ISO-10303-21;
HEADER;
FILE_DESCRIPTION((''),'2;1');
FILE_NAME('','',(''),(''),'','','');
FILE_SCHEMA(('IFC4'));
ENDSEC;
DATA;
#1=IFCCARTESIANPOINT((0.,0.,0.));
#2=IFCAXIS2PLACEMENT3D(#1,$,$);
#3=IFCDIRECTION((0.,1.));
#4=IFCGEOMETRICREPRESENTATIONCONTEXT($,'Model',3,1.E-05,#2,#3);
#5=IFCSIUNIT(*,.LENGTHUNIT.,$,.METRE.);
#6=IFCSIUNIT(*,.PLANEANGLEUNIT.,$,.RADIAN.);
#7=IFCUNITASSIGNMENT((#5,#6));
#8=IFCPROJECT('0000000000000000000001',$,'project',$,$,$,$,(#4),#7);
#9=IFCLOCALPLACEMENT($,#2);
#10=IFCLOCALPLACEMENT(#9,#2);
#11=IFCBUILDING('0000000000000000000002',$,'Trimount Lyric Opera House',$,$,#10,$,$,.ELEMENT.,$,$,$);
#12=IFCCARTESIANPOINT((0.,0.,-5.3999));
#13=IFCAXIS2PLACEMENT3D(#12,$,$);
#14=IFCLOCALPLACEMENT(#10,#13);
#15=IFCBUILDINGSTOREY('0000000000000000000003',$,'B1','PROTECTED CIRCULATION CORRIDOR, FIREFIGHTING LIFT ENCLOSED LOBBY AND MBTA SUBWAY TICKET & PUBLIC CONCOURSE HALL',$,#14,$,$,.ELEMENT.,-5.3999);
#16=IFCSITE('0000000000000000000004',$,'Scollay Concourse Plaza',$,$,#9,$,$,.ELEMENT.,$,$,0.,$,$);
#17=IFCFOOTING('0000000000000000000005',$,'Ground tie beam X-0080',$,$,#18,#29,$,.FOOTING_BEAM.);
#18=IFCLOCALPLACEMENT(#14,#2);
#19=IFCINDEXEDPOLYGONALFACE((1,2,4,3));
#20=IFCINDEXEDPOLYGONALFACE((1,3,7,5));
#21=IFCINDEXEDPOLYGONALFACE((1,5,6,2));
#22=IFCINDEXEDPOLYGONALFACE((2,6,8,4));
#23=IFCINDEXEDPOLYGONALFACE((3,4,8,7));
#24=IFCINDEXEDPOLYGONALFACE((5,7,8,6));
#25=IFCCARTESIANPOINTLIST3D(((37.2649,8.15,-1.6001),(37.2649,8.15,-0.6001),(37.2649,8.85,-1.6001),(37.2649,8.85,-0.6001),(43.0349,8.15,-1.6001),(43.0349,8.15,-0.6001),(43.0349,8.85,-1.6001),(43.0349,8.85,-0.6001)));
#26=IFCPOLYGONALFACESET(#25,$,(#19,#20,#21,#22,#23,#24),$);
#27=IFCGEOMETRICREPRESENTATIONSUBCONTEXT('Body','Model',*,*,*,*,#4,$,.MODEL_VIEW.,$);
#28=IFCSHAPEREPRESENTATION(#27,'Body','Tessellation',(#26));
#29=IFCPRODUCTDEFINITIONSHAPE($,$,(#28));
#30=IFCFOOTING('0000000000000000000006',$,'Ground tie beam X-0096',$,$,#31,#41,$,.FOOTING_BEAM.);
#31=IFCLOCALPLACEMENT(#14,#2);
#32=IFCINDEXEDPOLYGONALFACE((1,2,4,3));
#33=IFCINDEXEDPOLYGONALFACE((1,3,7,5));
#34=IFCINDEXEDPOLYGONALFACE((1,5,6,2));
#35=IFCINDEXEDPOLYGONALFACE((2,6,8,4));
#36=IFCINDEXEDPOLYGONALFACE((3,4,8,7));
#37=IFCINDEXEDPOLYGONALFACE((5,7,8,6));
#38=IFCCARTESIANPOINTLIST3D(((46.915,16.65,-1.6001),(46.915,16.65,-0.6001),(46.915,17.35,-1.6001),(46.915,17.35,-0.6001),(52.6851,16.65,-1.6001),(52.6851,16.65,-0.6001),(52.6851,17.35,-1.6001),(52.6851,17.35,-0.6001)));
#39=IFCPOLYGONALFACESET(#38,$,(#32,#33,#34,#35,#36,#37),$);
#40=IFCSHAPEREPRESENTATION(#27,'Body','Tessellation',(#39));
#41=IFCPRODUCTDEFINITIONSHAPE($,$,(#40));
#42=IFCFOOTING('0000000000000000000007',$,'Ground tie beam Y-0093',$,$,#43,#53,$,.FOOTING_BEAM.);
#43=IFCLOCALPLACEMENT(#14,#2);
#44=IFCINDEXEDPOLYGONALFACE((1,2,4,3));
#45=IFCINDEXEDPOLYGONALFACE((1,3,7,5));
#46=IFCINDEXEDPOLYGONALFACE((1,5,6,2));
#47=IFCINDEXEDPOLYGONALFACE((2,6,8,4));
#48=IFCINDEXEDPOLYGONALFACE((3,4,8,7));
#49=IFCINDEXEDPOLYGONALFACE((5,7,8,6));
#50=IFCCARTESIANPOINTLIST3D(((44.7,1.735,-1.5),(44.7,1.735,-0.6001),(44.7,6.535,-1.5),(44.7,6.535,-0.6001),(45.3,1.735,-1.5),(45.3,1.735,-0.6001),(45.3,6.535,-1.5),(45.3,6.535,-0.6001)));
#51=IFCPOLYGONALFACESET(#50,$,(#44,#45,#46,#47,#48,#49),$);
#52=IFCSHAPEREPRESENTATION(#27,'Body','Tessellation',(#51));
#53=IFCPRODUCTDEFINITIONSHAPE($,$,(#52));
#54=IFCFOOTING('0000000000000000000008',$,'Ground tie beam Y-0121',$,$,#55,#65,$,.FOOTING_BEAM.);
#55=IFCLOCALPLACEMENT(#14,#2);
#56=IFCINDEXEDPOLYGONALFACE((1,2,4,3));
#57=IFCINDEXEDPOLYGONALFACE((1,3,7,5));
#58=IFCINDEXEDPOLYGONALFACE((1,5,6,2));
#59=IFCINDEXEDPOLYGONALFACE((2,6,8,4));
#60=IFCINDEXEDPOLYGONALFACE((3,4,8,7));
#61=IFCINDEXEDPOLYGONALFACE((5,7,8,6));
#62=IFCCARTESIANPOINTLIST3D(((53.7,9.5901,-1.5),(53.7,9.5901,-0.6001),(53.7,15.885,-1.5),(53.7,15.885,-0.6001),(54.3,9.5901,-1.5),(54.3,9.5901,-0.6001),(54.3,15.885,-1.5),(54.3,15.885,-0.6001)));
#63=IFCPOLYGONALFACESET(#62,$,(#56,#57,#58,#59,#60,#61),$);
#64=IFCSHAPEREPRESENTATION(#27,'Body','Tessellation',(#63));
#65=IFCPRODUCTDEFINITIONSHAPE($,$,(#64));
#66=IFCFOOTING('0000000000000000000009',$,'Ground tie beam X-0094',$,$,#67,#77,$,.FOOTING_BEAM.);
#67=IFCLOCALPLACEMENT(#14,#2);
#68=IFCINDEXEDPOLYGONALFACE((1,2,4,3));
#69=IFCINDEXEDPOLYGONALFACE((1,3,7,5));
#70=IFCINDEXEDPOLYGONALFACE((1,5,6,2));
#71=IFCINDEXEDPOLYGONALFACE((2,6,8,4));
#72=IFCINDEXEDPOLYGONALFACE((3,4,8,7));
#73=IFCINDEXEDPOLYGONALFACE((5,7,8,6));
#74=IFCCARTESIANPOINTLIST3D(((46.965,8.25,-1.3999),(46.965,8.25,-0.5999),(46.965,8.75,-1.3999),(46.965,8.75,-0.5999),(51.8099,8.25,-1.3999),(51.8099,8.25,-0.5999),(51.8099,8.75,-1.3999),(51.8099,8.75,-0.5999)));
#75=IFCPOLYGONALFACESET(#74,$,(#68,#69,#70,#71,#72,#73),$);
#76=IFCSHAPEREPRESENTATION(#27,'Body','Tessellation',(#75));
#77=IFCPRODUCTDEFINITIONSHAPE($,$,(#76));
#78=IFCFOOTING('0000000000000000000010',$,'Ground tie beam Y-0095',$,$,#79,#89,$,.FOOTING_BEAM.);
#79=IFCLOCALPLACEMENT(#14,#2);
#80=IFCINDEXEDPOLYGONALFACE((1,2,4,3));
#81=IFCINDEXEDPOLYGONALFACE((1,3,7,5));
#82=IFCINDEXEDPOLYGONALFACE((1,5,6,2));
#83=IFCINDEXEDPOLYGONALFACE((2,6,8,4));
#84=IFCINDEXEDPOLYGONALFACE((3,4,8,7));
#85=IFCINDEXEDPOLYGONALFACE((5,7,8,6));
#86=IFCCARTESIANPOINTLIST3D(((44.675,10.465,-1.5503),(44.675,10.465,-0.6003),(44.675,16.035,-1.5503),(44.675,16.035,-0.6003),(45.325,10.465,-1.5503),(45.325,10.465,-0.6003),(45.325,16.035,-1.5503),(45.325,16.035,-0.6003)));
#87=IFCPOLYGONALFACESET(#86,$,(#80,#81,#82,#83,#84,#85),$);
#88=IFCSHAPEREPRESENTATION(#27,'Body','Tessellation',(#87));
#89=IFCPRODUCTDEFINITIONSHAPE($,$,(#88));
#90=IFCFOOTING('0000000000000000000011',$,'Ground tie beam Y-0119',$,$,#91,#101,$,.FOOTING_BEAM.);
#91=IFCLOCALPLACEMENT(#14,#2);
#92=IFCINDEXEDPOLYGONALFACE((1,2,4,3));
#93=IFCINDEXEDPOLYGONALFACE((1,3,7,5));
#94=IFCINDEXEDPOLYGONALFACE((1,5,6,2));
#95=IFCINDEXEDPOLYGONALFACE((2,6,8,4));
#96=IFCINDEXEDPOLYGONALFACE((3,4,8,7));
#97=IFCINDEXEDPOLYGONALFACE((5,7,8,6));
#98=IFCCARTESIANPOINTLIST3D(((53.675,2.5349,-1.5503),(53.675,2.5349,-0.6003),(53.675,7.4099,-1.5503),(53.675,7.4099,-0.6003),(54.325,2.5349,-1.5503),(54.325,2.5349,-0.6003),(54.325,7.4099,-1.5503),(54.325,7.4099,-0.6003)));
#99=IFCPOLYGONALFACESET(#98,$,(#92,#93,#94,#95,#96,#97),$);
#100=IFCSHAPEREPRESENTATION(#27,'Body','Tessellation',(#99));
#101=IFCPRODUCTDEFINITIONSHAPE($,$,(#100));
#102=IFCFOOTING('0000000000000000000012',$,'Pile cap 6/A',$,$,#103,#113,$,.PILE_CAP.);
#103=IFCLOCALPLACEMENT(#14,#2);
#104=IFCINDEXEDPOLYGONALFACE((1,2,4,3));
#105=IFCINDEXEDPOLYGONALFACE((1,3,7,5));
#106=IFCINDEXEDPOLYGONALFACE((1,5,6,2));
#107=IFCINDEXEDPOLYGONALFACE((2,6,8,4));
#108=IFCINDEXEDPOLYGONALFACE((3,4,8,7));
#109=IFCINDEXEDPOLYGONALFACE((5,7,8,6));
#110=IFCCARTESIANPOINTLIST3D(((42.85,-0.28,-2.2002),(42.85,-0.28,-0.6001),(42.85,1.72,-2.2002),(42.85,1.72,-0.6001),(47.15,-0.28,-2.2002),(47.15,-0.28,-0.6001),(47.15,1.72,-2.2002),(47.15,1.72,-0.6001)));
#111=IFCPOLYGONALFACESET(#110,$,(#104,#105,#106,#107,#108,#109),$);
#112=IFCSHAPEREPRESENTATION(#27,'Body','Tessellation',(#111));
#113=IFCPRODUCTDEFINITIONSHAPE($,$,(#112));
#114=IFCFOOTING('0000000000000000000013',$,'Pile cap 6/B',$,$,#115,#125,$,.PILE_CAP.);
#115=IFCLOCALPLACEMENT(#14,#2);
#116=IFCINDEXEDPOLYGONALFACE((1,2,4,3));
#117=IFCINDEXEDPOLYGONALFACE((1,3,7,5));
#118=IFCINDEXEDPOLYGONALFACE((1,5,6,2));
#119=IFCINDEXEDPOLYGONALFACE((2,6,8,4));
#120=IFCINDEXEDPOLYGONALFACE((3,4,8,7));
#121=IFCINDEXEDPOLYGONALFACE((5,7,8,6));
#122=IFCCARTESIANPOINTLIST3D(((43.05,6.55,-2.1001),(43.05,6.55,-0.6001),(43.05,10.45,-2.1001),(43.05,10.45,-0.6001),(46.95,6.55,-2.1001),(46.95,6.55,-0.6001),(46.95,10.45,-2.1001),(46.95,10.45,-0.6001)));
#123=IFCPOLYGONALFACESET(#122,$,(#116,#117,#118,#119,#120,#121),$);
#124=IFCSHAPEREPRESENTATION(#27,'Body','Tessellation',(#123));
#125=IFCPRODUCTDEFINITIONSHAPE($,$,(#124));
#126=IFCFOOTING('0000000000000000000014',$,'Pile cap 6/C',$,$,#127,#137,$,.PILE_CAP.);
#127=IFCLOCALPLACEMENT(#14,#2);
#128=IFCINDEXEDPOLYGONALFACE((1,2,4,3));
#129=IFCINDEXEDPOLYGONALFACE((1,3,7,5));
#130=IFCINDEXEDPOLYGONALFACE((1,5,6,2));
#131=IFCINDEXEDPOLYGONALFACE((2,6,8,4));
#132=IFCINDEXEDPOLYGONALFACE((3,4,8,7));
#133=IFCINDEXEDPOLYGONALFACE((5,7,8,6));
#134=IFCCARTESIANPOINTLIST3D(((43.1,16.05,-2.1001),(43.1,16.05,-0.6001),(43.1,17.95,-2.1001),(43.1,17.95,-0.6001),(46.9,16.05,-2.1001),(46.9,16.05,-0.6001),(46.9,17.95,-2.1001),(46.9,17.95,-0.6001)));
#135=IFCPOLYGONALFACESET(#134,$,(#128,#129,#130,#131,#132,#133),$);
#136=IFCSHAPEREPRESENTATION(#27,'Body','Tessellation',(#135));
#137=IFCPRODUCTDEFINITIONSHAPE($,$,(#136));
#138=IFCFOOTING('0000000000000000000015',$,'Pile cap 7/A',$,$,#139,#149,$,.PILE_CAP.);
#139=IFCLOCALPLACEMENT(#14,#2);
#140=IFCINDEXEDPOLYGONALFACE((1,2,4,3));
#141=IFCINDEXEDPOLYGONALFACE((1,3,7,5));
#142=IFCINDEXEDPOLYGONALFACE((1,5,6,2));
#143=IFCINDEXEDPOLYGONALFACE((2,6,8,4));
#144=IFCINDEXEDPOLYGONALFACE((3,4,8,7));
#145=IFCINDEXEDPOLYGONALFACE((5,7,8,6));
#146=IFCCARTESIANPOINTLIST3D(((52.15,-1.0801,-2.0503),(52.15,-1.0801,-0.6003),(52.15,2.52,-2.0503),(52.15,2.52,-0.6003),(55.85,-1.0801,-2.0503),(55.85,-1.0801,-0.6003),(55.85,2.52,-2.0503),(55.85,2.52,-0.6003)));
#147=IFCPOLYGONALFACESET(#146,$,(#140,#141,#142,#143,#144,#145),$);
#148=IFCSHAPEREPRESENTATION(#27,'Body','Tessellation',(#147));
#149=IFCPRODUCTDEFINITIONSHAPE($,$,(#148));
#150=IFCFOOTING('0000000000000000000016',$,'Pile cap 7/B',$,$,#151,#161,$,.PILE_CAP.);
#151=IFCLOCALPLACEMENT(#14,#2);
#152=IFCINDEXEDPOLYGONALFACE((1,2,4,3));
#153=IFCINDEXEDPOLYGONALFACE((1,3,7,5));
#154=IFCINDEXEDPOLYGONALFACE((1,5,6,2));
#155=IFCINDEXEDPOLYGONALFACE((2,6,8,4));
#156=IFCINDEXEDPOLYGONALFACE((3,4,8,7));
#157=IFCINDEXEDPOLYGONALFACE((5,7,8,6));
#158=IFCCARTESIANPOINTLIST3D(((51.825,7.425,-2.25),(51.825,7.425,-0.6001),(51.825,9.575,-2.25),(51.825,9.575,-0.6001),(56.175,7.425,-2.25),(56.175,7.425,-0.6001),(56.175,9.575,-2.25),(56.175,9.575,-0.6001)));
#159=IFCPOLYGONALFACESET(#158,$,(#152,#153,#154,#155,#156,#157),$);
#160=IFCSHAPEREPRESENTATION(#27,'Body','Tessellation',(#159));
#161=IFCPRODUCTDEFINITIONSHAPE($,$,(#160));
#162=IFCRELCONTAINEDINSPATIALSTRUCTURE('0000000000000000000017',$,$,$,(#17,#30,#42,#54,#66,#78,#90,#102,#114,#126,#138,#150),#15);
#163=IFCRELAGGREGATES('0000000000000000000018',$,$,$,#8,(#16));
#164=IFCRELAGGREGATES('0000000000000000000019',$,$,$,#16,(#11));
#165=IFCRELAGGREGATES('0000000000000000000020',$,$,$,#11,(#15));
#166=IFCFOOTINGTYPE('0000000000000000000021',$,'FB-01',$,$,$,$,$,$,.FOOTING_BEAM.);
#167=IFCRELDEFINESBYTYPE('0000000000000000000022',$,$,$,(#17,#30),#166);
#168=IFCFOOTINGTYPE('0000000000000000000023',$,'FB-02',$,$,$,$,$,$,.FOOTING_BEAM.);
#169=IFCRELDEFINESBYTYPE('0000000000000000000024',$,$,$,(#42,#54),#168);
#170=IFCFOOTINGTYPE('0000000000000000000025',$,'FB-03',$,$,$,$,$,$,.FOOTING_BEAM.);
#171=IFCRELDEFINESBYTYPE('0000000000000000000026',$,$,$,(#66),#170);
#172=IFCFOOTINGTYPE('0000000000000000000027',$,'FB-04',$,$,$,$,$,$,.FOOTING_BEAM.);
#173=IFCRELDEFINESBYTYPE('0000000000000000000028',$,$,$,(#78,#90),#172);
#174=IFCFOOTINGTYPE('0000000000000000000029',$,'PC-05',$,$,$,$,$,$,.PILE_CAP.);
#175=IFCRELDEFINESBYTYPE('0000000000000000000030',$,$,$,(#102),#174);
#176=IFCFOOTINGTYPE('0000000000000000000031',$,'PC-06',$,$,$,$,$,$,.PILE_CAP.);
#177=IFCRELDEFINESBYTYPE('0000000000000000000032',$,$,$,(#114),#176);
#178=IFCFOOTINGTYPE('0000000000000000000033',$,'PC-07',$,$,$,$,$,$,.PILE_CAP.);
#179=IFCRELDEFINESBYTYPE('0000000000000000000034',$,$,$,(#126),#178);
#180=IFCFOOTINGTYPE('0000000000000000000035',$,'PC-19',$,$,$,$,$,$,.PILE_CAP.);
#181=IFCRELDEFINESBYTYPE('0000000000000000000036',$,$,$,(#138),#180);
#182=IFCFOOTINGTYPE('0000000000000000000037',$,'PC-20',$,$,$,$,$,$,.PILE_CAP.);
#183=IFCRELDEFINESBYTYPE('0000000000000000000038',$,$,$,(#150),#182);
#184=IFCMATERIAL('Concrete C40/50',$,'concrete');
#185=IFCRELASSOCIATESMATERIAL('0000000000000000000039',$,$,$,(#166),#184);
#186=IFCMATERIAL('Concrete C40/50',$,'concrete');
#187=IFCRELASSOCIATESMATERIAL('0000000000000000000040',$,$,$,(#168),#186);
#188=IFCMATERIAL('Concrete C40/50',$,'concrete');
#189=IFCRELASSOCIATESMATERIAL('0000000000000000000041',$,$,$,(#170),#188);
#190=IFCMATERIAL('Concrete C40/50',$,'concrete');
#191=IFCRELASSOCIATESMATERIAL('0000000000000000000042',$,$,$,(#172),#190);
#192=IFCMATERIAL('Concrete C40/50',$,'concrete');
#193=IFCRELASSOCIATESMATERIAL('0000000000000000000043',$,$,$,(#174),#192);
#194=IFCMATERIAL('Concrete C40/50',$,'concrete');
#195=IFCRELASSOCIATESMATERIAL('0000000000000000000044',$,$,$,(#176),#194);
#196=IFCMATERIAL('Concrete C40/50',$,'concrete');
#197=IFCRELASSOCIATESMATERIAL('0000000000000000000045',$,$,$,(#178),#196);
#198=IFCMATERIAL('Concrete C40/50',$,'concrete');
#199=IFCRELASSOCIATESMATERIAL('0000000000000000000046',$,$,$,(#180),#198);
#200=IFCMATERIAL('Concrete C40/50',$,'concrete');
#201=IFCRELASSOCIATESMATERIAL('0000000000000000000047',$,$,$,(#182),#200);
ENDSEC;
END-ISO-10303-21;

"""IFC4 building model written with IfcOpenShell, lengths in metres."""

from ifc_helpers import new_model, si_unit, direction, frame, origin, origin_2d, place, context, subcontext, project, spatial, rectangle, extrude, material, type_object, element, save


model = new_model("IFC4")

# Units and contexts
model_context = context("Model", 3, precision=1e-05, world=origin(), true_north=direction((0.0, 1.0)))
body_context = subcontext(model_context, "Body", "Model", "MODEL_VIEW")
ifc_project = project(units=[si_unit("LENGTHUNIT", "METRE"), si_unit("PLANEANGLEUNIT", "RADIAN")], contexts=[model_context])

# Site, building, storey
site_placement = place(None, origin())
site = spatial("IfcSite", under=ifc_project, at=site_placement, Name="Scollay Concourse Plaza", CompositionType="ELEMENT", RefElevation=0.0)
building_placement = place(site_placement, origin())
building = spatial("IfcBuilding", under=site, at=building_placement, Name="Trimount Lyric Opera House", CompositionType="ELEMENT")
storey_placement = place(building_placement, frame((0.0, 0.0, -5.3999)))
storey = spatial("IfcBuildingStorey", under=building, at=storey_placement, Name="B1", Description="PROTECTED CIRCULATION CORRIDOR, FIREFIGHTING LIFT ENCLOSED LOBBY AND MBTA SUBWAY TICKET & PUBLIC CONCOURSE HALL", CompositionType="ELEMENT", Elevation=-5.3999)

# Footings
ifc_material_1 = material(Name="Concrete C40/50", Category="concrete")
footing_type_1 = type_object("IfcFootingType", Name="FB-01", PredefinedType="FOOTING_BEAM", material=ifc_material_1)
for number, where, z_axis, x_axis, name in (
    (1, (40.1499, 8.5, -1.6001), (0.0, 0.0, 1.0), (1.0, 0.0, 0.0), "Ground tie beam X-0080"),
    (2, (49.8, 17.0, -1.6001), (0.0, 0.0, 1.0), (1.0, 0.0, 0.0), "Ground tie beam X-0096"),
):
    element("IfcFooting", number, at=place(storey_placement, frame(where, z_axis=z_axis, x_axis=x_axis)), inside=storey, type_object=footing_type_1, Name=name, PredefinedType="FOOTING_BEAM", context=body_context, shape_type="SweptSolid", body=[
        extrude(rectangle(XDim=5.77, YDim=0.7, at=origin_2d()), origin(), (0.0, 0.0, 1.0), 1.0),
    ])
ifc_material_2 = material(Name="Concrete C40/50", Category="concrete")
footing_type_2 = type_object("IfcFootingType", Name="FB-02", PredefinedType="FOOTING_BEAM", material=ifc_material_2)
footing_1_placement = place(storey_placement, frame((45.0, 4.135, -1.5), z_axis=(0.0, 0.0, 1.0), x_axis=(1.0, 0.0, 0.0)))
element("IfcFooting", 3, at=footing_1_placement, inside=storey, type_object=footing_type_2, Name="Ground tie beam Y-0093", PredefinedType="FOOTING_BEAM", context=body_context, shape_type="SweptSolid", body=[
    extrude(rectangle(XDim=0.6001, YDim=4.8, at=origin_2d()), origin(), (0.0, 0.0, 1.0), 0.8999),
])
footing_2_placement = place(storey_placement, frame((54.0, 12.7375, -1.5), z_axis=(0.0, 0.0, 1.0), x_axis=(1.0, 0.0, 0.0)))
element("IfcFooting", 4, at=footing_2_placement, inside=storey, type_object=footing_type_2, Name="Ground tie beam Y-0121", PredefinedType="FOOTING_BEAM", context=body_context, shape_type="SweptSolid", body=[
    extrude(rectangle(XDim=0.6001, YDim=6.2949, at=origin_2d()), origin(), (0.0, 0.0, 1.0), 0.8999),
])
ifc_material_3 = material(Name="Concrete C40/50", Category="concrete")
footing_type_3 = type_object("IfcFootingType", Name="FB-03", PredefinedType="FOOTING_BEAM", material=ifc_material_3)
footing_3_placement = place(storey_placement, frame((49.3875, 8.5, -1.3999), z_axis=(0.0, 0.0, 1.0), x_axis=(1.0, 0.0, 0.0)))
element("IfcFooting", 5, at=footing_3_placement, inside=storey, type_object=footing_type_3, Name="Ground tie beam X-0094", PredefinedType="FOOTING_BEAM", context=body_context, shape_type="SweptSolid", body=[
    extrude(rectangle(XDim=4.845, YDim=0.5, at=origin_2d()), origin(), (0.0, 0.0, 1.0), 0.8),
])
ifc_material_4 = material(Name="Concrete C40/50", Category="concrete")
footing_type_4 = type_object("IfcFootingType", Name="FB-04", PredefinedType="FOOTING_BEAM", material=ifc_material_4)
footing_4_placement = place(storey_placement, frame((45.0, 13.25, -1.5503), z_axis=(0.0, 0.0, 1.0), x_axis=(1.0, 0.0, 0.0)))
element("IfcFooting", 6, at=footing_4_placement, inside=storey, type_object=footing_type_4, Name="Ground tie beam Y-0095", PredefinedType="FOOTING_BEAM", context=body_context, shape_type="SweptSolid", body=[
    extrude(rectangle(XDim=0.6499, YDim=5.5701, at=origin_2d()), origin(), (0.0, 0.0, 1.0), 0.95),
])
footing_5_placement = place(storey_placement, frame((54.0, 4.9724, -1.5503), z_axis=(0.0, 0.0, 1.0), x_axis=(1.0, 0.0, 0.0)))
element("IfcFooting", 7, at=footing_5_placement, inside=storey, type_object=footing_type_4, Name="Ground tie beam Y-0119", PredefinedType="FOOTING_BEAM", context=body_context, shape_type="SweptSolid", body=[
    extrude(rectangle(XDim=0.6499, YDim=4.875, at=origin_2d()), origin(), (0.0, 0.0, 1.0), 0.95),
])
ifc_material_5 = material(Name="Concrete C40/50", Category="concrete")
footing_type_5 = type_object("IfcFootingType", Name="PC-05", PredefinedType="PILE_CAP", material=ifc_material_5)
footing_6_placement = place(storey_placement, frame((45.0, 0.72, -2.2002), z_axis=(0.0, 0.0, 1.0), x_axis=(1.0, 0.0, 0.0)))
element("IfcFooting", 8, at=footing_6_placement, inside=storey, type_object=footing_type_5, Name="Pile cap 6/A", PredefinedType="PILE_CAP", context=body_context, shape_type="SweptSolid", body=[
    extrude(rectangle(XDim=4.3, YDim=2.0, at=origin_2d()), origin(), (0.0, 0.0, 1.0), 1.6001),
])
ifc_material_6 = material(Name="Concrete C40/50", Category="concrete")
footing_type_6 = type_object("IfcFootingType", Name="PC-06", PredefinedType="PILE_CAP", material=ifc_material_6)
footing_7_placement = place(storey_placement, frame((45.0, 8.5, -2.1001), z_axis=(0.0, 0.0, 1.0), x_axis=(1.0, 0.0, 0.0)))
element("IfcFooting", 9, at=footing_7_placement, inside=storey, type_object=footing_type_6, Name="Pile cap 6/B", PredefinedType="PILE_CAP", context=body_context, shape_type="SweptSolid", body=[
    extrude(rectangle(XDim=3.8999, YDim=3.8999, at=origin_2d()), origin(), (0.0, 0.0, 1.0), 1.5),
])
ifc_material_7 = material(Name="Concrete C40/50", Category="concrete")
footing_type_7 = type_object("IfcFootingType", Name="PC-07", PredefinedType="PILE_CAP", material=ifc_material_7)
footing_8_placement = place(storey_placement, frame((45.0, 17.0, -2.1001), z_axis=(0.0, 0.0, 1.0), x_axis=(1.0, 0.0, 0.0)))
element("IfcFooting", 10, at=footing_8_placement, inside=storey, type_object=footing_type_7, Name="Pile cap 6/C", PredefinedType="PILE_CAP", context=body_context, shape_type="SweptSolid", body=[
    extrude(rectangle(XDim=3.8, YDim=1.8999, at=origin_2d()), origin(), (0.0, 0.0, 1.0), 1.5),
])
ifc_material_8 = material(Name="Concrete C40/50", Category="concrete")
footing_type_8 = type_object("IfcFootingType", Name="PC-19", PredefinedType="PILE_CAP", material=ifc_material_8)
footing_9_placement = place(storey_placement, frame((54.0, 0.72, -2.0503), z_axis=(0.0, 0.0, 1.0), x_axis=(1.0, 0.0, 0.0)))
element("IfcFooting", 11, at=footing_9_placement, inside=storey, type_object=footing_type_8, Name="Pile cap 7/A", PredefinedType="PILE_CAP", context=body_context, shape_type="SweptSolid", body=[
    extrude(rectangle(XDim=3.7, YDim=3.6001, at=origin_2d()), origin(), (0.0, 0.0, 1.0), 1.45),
])
ifc_material_9 = material(Name="Concrete C40/50", Category="concrete")
footing_type_9 = type_object("IfcFootingType", Name="PC-20", PredefinedType="PILE_CAP", material=ifc_material_9)
footing_10_placement = place(storey_placement, frame((54.0, 8.5, -2.25), z_axis=(0.0, 0.0, 1.0), x_axis=(1.0, 0.0, 0.0)))
element("IfcFooting", 12, at=footing_10_placement, inside=storey, type_object=footing_type_9, Name="Pile cap 7/B", PredefinedType="PILE_CAP", context=body_context, shape_type="SweptSolid", body=[
    extrude(rectangle(XDim=4.3501, YDim=2.1499, at=origin_2d()), origin(), (0.0, 0.0, 1.0), 1.6499),
])

save(model, "model.ifc")
